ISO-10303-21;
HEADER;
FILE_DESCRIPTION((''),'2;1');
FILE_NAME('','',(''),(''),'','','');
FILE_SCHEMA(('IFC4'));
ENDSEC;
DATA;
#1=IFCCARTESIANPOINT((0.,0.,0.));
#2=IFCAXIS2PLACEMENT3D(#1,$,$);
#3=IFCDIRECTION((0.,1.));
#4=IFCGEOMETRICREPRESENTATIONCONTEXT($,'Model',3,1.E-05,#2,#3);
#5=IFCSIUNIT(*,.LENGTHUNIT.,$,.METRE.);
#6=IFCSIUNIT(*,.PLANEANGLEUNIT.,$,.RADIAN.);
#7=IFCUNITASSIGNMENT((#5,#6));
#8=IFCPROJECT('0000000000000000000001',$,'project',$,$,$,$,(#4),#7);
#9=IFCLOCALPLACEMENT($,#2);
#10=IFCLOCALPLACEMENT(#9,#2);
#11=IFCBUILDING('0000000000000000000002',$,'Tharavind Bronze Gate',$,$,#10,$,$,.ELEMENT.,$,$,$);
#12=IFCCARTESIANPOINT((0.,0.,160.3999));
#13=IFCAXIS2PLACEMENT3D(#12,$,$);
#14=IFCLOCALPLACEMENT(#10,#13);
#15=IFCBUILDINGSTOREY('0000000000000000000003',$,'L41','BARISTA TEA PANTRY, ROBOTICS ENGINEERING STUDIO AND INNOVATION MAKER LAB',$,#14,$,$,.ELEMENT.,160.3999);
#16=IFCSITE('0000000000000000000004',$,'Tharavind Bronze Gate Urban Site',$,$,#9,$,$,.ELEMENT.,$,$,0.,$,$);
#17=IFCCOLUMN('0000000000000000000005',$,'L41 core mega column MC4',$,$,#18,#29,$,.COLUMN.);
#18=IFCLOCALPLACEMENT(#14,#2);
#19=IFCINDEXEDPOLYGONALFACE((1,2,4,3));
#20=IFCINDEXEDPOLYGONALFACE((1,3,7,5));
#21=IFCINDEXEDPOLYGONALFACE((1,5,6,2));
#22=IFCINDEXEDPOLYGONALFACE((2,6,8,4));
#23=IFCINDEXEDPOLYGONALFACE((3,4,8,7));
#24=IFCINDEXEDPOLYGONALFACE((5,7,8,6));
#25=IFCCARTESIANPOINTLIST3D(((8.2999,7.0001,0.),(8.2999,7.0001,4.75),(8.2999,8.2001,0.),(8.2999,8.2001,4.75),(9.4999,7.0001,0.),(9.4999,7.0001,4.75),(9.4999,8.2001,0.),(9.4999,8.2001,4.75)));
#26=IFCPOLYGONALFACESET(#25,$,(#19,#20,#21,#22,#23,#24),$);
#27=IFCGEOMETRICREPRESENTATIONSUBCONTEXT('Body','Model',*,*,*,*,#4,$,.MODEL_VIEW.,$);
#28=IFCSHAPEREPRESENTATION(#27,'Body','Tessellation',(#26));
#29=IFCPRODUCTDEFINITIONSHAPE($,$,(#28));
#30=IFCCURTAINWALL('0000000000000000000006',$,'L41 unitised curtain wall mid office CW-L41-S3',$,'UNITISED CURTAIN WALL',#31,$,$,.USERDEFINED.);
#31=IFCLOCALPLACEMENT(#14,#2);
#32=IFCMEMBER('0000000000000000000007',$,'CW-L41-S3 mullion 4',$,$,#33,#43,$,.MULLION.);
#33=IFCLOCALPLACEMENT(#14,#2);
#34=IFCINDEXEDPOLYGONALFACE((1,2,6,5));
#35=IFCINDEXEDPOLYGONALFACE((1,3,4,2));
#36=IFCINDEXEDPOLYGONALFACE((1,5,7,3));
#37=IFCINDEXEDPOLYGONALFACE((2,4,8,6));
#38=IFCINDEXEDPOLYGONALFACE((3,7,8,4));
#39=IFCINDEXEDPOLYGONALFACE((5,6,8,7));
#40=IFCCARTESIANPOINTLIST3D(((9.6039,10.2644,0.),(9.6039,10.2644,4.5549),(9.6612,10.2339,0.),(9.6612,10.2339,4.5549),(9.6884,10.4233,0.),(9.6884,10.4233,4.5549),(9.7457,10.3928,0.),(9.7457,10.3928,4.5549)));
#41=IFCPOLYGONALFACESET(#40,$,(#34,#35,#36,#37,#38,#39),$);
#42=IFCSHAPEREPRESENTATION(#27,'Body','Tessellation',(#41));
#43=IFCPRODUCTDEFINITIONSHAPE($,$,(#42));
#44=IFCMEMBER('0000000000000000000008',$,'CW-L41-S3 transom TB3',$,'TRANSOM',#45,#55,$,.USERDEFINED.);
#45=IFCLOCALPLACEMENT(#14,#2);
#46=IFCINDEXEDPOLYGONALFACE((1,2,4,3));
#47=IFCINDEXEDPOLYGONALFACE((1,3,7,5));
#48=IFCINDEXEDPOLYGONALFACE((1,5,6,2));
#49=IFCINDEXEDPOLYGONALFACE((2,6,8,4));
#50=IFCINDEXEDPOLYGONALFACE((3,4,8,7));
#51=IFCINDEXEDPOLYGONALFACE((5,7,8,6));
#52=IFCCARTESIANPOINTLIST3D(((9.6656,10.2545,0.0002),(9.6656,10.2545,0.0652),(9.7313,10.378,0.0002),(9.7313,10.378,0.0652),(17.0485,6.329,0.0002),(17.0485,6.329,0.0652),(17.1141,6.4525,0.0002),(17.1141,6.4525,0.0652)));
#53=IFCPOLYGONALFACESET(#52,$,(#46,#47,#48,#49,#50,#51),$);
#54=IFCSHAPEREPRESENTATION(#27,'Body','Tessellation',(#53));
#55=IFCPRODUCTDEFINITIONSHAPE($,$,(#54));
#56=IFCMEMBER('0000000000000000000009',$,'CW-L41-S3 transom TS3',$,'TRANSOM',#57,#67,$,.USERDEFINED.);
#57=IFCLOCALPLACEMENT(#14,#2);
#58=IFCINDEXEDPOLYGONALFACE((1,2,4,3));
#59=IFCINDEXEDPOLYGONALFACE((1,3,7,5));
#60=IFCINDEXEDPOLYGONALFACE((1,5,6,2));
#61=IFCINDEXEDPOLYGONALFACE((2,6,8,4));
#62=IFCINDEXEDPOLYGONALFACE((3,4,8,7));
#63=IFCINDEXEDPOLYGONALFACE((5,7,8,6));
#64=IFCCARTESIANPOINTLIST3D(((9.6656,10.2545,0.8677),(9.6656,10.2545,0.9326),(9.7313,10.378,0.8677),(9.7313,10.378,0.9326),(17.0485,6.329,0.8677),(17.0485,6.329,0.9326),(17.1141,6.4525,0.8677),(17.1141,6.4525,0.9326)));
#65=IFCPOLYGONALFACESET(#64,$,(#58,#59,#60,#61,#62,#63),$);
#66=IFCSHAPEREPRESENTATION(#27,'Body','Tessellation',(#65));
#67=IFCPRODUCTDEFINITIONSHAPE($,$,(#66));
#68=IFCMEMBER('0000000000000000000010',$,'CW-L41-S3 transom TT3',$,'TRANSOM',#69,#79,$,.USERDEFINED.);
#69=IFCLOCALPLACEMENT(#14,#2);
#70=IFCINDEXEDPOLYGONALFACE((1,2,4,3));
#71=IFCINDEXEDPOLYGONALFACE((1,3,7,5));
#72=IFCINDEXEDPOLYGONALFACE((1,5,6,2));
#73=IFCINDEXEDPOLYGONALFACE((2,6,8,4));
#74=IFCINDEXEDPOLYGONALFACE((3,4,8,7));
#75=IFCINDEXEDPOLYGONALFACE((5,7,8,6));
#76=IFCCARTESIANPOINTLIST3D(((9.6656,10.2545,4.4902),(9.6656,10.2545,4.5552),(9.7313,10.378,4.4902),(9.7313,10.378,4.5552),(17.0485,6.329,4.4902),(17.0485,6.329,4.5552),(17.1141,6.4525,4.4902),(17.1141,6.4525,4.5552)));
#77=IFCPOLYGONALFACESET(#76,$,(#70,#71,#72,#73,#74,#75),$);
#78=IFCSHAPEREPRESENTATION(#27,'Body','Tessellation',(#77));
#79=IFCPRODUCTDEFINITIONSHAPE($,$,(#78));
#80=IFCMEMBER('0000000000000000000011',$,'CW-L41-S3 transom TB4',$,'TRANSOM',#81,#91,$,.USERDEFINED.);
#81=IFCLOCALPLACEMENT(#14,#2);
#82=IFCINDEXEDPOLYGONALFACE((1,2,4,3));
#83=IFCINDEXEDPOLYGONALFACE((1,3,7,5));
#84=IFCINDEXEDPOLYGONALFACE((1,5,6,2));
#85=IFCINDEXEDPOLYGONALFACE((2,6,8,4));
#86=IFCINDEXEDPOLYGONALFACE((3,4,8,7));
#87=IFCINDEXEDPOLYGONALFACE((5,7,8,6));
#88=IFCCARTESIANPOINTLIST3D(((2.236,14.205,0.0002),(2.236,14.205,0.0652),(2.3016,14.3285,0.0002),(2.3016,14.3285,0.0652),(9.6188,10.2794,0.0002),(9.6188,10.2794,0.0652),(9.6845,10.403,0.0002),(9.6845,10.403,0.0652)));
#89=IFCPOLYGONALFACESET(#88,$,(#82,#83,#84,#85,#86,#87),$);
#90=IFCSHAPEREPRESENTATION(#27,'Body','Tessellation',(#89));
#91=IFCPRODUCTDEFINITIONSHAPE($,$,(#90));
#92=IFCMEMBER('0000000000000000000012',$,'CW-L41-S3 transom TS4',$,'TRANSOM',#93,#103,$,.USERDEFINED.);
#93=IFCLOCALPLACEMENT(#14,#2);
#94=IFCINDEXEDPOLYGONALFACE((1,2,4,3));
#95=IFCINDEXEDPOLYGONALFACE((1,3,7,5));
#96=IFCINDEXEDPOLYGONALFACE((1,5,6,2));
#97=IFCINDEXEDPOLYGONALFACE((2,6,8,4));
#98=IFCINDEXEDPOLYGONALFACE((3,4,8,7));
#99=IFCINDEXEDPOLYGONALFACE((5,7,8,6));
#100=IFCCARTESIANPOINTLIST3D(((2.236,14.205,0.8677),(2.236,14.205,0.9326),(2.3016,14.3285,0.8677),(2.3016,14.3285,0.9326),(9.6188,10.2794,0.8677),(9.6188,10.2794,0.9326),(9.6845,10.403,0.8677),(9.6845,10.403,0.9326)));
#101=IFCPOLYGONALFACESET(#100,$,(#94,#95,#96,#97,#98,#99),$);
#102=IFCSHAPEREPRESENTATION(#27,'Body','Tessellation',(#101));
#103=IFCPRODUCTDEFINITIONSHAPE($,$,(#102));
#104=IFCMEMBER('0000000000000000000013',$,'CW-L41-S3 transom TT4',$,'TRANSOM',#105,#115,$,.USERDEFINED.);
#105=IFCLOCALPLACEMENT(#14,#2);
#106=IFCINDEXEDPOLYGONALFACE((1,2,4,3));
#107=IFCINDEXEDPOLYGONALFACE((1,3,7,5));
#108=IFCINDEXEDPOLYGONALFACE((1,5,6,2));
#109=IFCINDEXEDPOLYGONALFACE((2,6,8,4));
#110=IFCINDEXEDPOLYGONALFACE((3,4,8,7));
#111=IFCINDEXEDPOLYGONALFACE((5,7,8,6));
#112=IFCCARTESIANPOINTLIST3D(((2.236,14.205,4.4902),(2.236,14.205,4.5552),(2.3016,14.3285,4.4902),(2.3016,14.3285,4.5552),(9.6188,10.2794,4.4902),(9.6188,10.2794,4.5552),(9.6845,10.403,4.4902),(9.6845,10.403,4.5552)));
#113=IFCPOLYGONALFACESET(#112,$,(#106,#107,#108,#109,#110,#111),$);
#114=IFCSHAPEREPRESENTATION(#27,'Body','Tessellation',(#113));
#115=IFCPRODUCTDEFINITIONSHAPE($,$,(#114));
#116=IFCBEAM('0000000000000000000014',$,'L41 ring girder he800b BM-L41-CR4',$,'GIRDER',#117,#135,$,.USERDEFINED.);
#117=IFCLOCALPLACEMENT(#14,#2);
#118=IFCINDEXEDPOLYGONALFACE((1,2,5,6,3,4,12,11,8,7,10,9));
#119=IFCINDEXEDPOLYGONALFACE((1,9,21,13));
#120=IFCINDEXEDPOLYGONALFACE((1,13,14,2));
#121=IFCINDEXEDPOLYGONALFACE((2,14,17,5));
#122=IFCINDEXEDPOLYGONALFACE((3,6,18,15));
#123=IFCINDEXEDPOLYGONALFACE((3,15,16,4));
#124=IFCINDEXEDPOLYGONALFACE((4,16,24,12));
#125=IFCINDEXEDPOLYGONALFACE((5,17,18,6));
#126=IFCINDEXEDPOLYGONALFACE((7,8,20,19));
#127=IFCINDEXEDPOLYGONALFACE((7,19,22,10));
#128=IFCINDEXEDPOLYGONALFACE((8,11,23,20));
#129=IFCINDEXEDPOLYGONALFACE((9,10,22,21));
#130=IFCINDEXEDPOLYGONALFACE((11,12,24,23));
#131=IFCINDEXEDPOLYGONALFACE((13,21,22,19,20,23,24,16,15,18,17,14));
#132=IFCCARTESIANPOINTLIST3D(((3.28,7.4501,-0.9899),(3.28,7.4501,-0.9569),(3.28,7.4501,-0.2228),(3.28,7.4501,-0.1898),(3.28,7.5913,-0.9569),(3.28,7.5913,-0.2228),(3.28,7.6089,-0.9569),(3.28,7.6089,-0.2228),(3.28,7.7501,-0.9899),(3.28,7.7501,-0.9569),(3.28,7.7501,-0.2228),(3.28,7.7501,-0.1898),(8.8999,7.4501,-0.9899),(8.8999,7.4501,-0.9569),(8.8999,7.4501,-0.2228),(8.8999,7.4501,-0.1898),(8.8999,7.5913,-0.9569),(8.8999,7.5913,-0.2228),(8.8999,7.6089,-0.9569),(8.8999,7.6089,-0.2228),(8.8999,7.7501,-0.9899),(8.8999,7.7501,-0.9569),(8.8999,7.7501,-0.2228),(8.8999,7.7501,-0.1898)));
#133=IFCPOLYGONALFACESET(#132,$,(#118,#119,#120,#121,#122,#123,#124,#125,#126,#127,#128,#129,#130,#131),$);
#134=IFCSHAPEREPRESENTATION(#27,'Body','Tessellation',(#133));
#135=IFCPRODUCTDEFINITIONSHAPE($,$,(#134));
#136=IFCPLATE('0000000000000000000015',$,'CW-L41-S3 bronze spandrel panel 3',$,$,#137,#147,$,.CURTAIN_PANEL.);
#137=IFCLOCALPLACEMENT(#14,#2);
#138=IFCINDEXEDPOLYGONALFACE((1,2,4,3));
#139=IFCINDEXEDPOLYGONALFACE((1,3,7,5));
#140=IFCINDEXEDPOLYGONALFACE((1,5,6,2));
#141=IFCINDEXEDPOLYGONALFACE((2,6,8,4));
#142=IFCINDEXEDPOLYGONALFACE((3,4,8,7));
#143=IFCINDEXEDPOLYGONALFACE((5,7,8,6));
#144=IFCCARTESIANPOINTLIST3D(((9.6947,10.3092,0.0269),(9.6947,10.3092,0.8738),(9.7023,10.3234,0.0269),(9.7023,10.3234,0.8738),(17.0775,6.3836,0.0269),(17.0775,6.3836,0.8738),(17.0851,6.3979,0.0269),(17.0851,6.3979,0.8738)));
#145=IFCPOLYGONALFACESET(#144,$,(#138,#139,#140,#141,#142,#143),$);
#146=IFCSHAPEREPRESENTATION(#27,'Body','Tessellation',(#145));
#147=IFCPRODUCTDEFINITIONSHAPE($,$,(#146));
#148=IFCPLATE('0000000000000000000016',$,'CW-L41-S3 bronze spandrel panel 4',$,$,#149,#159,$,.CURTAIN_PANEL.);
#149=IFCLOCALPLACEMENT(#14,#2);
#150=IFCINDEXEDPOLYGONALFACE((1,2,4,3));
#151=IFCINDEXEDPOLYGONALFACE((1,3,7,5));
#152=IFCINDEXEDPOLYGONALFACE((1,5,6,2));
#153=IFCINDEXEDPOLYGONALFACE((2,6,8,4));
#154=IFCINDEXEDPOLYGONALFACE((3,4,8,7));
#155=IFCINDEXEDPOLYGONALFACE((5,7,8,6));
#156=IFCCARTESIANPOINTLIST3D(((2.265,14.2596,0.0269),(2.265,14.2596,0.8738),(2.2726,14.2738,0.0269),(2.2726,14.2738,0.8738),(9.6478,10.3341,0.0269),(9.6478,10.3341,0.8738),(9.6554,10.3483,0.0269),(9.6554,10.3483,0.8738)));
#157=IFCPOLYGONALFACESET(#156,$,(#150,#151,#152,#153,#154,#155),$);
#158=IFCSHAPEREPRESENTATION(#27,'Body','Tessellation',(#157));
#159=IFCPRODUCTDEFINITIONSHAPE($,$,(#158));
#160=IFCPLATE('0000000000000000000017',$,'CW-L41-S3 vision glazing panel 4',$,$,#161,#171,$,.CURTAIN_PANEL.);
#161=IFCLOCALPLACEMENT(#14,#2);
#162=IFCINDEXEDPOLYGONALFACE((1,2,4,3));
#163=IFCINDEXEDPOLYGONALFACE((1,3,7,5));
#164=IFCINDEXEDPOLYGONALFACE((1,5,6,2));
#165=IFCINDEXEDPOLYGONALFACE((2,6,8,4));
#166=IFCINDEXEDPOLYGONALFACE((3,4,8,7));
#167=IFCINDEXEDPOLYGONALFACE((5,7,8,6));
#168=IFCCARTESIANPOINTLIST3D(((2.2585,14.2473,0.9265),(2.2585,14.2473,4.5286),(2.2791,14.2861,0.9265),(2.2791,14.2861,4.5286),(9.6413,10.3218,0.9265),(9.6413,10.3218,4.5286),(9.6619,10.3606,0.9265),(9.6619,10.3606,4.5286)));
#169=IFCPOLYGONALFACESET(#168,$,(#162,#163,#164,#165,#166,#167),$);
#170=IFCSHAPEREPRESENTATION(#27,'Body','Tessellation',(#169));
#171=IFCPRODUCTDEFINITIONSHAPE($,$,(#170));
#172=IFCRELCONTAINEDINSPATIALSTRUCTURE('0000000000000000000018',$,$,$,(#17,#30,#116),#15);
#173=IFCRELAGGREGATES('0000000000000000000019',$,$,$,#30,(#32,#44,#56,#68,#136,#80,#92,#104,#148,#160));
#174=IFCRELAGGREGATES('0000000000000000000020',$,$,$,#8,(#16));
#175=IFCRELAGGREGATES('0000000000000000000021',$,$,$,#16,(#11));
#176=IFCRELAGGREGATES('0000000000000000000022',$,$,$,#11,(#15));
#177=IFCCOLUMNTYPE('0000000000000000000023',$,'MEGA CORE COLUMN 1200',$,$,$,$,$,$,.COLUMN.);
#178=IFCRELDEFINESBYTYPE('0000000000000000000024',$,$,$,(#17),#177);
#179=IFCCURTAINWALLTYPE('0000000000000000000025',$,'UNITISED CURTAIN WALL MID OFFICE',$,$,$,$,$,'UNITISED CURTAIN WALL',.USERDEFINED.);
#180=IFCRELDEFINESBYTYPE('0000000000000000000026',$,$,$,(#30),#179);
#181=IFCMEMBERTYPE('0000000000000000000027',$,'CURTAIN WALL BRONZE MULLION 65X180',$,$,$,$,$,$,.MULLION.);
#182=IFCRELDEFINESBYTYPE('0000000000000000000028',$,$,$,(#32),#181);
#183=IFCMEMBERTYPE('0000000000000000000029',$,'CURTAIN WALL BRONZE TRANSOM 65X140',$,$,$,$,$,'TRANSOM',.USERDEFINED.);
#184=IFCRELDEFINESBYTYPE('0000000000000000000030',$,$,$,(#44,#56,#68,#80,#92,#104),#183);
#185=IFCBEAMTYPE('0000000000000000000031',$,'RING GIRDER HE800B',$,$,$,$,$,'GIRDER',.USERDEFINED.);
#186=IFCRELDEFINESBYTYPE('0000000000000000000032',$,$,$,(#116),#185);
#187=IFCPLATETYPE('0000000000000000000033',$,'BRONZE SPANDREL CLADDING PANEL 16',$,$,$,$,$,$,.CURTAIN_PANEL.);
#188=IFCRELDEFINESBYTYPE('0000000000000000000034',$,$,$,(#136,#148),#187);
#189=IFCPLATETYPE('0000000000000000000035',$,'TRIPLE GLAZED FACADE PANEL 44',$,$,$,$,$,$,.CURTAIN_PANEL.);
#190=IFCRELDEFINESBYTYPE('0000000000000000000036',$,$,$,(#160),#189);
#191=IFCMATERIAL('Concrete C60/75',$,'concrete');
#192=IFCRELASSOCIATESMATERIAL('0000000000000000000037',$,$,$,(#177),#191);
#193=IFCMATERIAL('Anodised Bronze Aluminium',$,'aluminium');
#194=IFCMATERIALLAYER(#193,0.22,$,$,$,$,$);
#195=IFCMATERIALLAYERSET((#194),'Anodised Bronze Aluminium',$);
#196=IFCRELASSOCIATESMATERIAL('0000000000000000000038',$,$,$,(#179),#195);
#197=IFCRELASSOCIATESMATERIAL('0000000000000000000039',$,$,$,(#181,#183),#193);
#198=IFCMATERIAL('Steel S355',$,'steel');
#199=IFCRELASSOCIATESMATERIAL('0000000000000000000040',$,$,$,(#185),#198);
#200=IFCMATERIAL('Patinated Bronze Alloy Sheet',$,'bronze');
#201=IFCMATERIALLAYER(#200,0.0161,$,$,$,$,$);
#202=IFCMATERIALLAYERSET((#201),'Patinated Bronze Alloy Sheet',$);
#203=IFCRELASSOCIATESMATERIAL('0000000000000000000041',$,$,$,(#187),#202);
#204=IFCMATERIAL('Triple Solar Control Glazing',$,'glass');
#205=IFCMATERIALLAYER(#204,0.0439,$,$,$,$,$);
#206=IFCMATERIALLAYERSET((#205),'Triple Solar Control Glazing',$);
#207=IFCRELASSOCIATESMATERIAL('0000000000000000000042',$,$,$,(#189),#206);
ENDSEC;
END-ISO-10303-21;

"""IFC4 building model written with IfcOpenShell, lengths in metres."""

from ifc_helpers import new_model, si_unit, direction, frame, origin, origin_2d, place, context, subcontext, project, spatial, rectangle, i_section, extrude, material, layer, layer_set, material_profile, profile_set, type_object, element, aggregate, save


model = new_model("IFC4")

# Units and contexts
model_context = context("Model", 3, precision=1e-05, world=origin(), true_north=direction((0.0, 1.0)))
body_context = subcontext(model_context, "Body", "Model", "MODEL_VIEW")
ifc_project = project(units=[si_unit("LENGTHUNIT", "METRE"), si_unit("PLANEANGLEUNIT", "RADIAN")], contexts=[model_context])

# Site, building, storey
site_placement = place(None, origin())
site = spatial("IfcSite", under=ifc_project, at=site_placement, Name="Tharavind Bronze Gate Urban Site", CompositionType="ELEMENT", RefElevation=0.0)
building_placement = place(site_placement, origin())
building = spatial("IfcBuilding", under=site, at=building_placement, Name="Tharavind Bronze Gate", CompositionType="ELEMENT")
storey_placement = place(building_placement, frame((0.0, 0.0, 160.3999)))
storey = spatial("IfcBuildingStorey", under=building, at=storey_placement, Name="L41", Description="BARISTA TEA PANTRY, ROBOTICS ENGINEERING STUDIO AND INNOVATION MAKER LAB", CompositionType="ELEMENT", Elevation=160.3999)

# Column
ifc_material_1 = material(Name="Concrete C60/75", Category="concrete")
ifc_material_profile_1 = material_profile(ifc_material_1, rectangle(XDim=1.2, YDim=1.2, at=origin_2d()), Name="RCCOL1200")
ifc_profile_set_1 = profile_set([ifc_material_profile_1], Name="Concrete C60/75")
column_type = type_object("IfcColumnType", Name="MEGA CORE COLUMN 1200", PredefinedType="COLUMN", material=ifc_profile_set_1)
column_placement = place(storey_placement, frame((8.8999, 7.6001, 0.0), z_axis=(0.0, 0.0, 1.0), x_axis=(1.0, 0.0, 0.0)))
element("IfcColumn", 1, at=column_placement, inside=storey, type_object=column_type, Name="L41 core mega column MC4", PredefinedType="COLUMN", context=body_context, shape_type="SweptSolid", body=[
    extrude(rectangle(XDim=1.2, YDim=1.2, at=origin_2d()), origin(), (0.0, 0.0, 1.0), 4.75),
])

# Curtain wall, members
ifc_material_2 = material(Name="Anodised Bronze Aluminium", Category="aluminium")
ifc_layer_1 = layer(ifc_material_2, 0.22)
ifc_layer_set_1 = layer_set([ifc_layer_1], Name="Anodised Bronze Aluminium")
curtain_wall_type = type_object("IfcCurtainWallType", Name="UNITISED CURTAIN WALL MID OFFICE", ElementType="UNITISED CURTAIN WALL", PredefinedType="USERDEFINED", material=ifc_layer_set_1)
curtain_wall_placement = place(storey_placement, origin())
curtain_wall = element("IfcCurtainWall", 2, at=curtain_wall_placement, inside=storey, type_object=curtain_wall_type, Name="L41 unitised curtain wall mid office CW-L41-S3", ObjectType="UNITISED CURTAIN WALL", PredefinedType="USERDEFINED")
member_type_1 = type_object("IfcMemberType", Name="CURTAIN WALL BRONZE MULLION 65X180", PredefinedType="MULLION", material=ifc_material_2)
member_1_placement = place(storey_placement, frame((9.6748, 10.3286, 0.0), z_axis=(0.0, 0.0, 1.0), x_axis=(-0.882948, 0.469472, 0.0)))
member_1 = element("IfcMember", 3, at=member_1_placement, type_object=member_type_1, Name="CW-L41-S3 mullion 4", PredefinedType="MULLION", context=body_context, shape_type="SweptSolid", body=[
    extrude(rectangle(XDim=0.0649, YDim=0.1799, at=origin_2d()), origin(), (0.0, 0.0, 1.0), 4.5549),
])
member_type_2 = type_object("IfcMemberType", Name="CURTAIN WALL BRONZE TRANSOM 65X140", ElementType="TRANSOM", PredefinedType="USERDEFINED", material=ifc_material_2)
member_2_placement = place(storey_placement, frame((13.3899, 8.3535, 0.0002), z_axis=(0.0, 0.0, 1.0), x_axis=(-0.882948, 0.469472, 0.0)))
member_2 = element("IfcMember", 4, at=member_2_placement, type_object=member_type_2, Name="CW-L41-S3 transom TB3", ObjectType="TRANSOM", PredefinedType="USERDEFINED", context=body_context, shape_type="SweptSolid", body=[
    extrude(rectangle(XDim=8.3616, YDim=0.1399, at=origin_2d()), origin(), (0.0, 0.0, 1.0), 0.0649),
])
member_3_placement = place(storey_placement, frame((13.3899, 8.3535, 0.8677), z_axis=(0.0, 0.0, 1.0), x_axis=(-0.882948, 0.469472, 0.0)))
member_3 = element("IfcMember", 5, at=member_3_placement, type_object=member_type_2, Name="CW-L41-S3 transom TS3", ObjectType="TRANSOM", PredefinedType="USERDEFINED", context=body_context, shape_type="SweptSolid", body=[
    extrude(rectangle(XDim=8.3616, YDim=0.1399, at=origin_2d()), origin(), (0.0, 0.0, 1.0), 0.0649),
])
member_4_placement = place(storey_placement, frame((13.3899, 8.3535, 4.4902), z_axis=(0.0, 0.0, 1.0), x_axis=(-0.882948, 0.469472, 0.0)))
member_4 = element("IfcMember", 6, at=member_4_placement, type_object=member_type_2, Name="CW-L41-S3 transom TT3", ObjectType="TRANSOM", PredefinedType="USERDEFINED", context=body_context, shape_type="SweptSolid", body=[
    extrude(rectangle(XDim=8.3616, YDim=0.1399, at=origin_2d()), origin(), (0.0, 0.0, 1.0), 0.0649),
])
member_5_placement = place(storey_placement, frame((5.9602, 12.304, 0.0002), z_axis=(0.0, 0.0, 1.0), x_axis=(-0.882948, 0.469472, 0.0)))
member_5 = element("IfcMember", 7, at=member_5_placement, type_object=member_type_2, Name="CW-L41-S3 transom TB4", ObjectType="TRANSOM", PredefinedType="USERDEFINED", context=body_context, shape_type="SweptSolid", body=[
    extrude(rectangle(XDim=8.3616, YDim=0.1399, at=origin_2d()), origin(), (0.0, 0.0, 1.0), 0.0649),
])
member_6_placement = place(storey_placement, frame((5.9602, 12.304, 0.8677), z_axis=(0.0, 0.0, 1.0), x_axis=(-0.882948, 0.469472, 0.0)))
member_6 = element("IfcMember", 8, at=member_6_placement, type_object=member_type_2, Name="CW-L41-S3 transom TS4", ObjectType="TRANSOM", PredefinedType="USERDEFINED", context=body_context, shape_type="SweptSolid", body=[
    extrude(rectangle(XDim=8.3616, YDim=0.1399, at=origin_2d()), origin(), (0.0, 0.0, 1.0), 0.0649),
])
member_7_placement = place(storey_placement, frame((5.9602, 12.304, 4.4902), z_axis=(0.0, 0.0, 1.0), x_axis=(-0.882948, 0.469472, 0.0)))
member_7 = element("IfcMember", 9, at=member_7_placement, type_object=member_type_2, Name="CW-L41-S3 transom TT4", ObjectType="TRANSOM", PredefinedType="USERDEFINED", context=body_context, shape_type="SweptSolid", body=[
    extrude(rectangle(XDim=8.3616, YDim=0.1399, at=origin_2d()), origin(), (0.0, 0.0, 1.0), 0.0649),
])

# Beam
ifc_material_3 = material(Name="Steel S355", Category="steel")
ifc_material_profile_2 = material_profile(ifc_material_3, i_section(OverallWidth=0.3, OverallDepth=0.8, WebThickness=0.0176, FlangeThickness=0.033, at=origin_2d()), Name="HE800B")
ifc_profile_set_2 = profile_set([ifc_material_profile_2], Name="Steel S355")
beam_type = type_object("IfcBeamType", Name="RING GIRDER HE800B", ElementType="GIRDER", PredefinedType="USERDEFINED", material=ifc_profile_set_2)
beam_placement = place(storey_placement, frame((8.8999, 7.6001, -0.5898), z_axis=(-1.0, 0.0, 0.0), x_axis=(0.0, -1.0, 0.0)))
element("IfcBeam", 10, at=beam_placement, inside=storey, type_object=beam_type, Name="L41 ring girder he800b BM-L41-CR4", ObjectType="GIRDER", PredefinedType="USERDEFINED", context=body_context, shape_type="SweptSolid", body=[
    extrude(i_section(OverallWidth=0.3, OverallDepth=0.8, WebThickness=0.0176, FlangeThickness=0.033, at=origin_2d()), origin(), (0.0, 0.0, 1.0), 5.6199),
])

# Plates
ifc_material_4 = material(Name="Patinated Bronze Alloy Sheet", Category="bronze")
ifc_layer_2 = layer(ifc_material_4, 0.0161)
ifc_layer_set_2 = layer_set([ifc_layer_2], Name="Patinated Bronze Alloy Sheet")
plate_type_1 = type_object("IfcPlateType", Name="BRONZE SPANDREL CLADDING PANEL 16", PredefinedType="CURTAIN_PANEL", material=ifc_layer_set_2)
plate_1_placement = place(storey_placement, frame((13.3899, 8.3535, 0.0269), z_axis=(0.0, 0.0, 1.0), x_axis=(-0.882948, 0.469472, 0.0)))
plate_1 = element("IfcPlate", 11, at=plate_1_placement, type_object=plate_type_1, Name="CW-L41-S3 bronze spandrel panel 3", PredefinedType="CURTAIN_PANEL", context=body_context, shape_type="SweptSolid", body=[
    extrude(rectangle(XDim=8.3616, YDim=0.0161, at=origin_2d()), origin(), (0.0, 0.0, 1.0), 0.8469),
])
plate_2_placement = place(storey_placement, frame((5.9602, 12.304, 0.0269), z_axis=(0.0, 0.0, 1.0), x_axis=(-0.882948, 0.469472, 0.0)))
plate_2 = element("IfcPlate", 12, at=plate_2_placement, type_object=plate_type_1, Name="CW-L41-S3 bronze spandrel panel 4", PredefinedType="CURTAIN_PANEL", context=body_context, shape_type="SweptSolid", body=[
    extrude(rectangle(XDim=8.3616, YDim=0.0161, at=origin_2d()), origin(), (0.0, 0.0, 1.0), 0.8469),
])
ifc_material_5 = material(Name="Triple Solar Control Glazing", Category="glass")
ifc_layer_3 = layer(ifc_material_5, 0.0439)
ifc_layer_set_3 = layer_set([ifc_layer_3], Name="Triple Solar Control Glazing")
plate_type_2 = type_object("IfcPlateType", Name="TRIPLE GLAZED FACADE PANEL 44", PredefinedType="CURTAIN_PANEL", material=ifc_layer_set_3)
plate_3_placement = place(storey_placement, frame((5.9602, 12.304, 0.9265), z_axis=(0.0, 0.0, 1.0), x_axis=(-0.882948, 0.469472, 0.0)))
plate_3 = element("IfcPlate", 13, at=plate_3_placement, type_object=plate_type_2, Name="CW-L41-S3 vision glazing panel 4", PredefinedType="CURTAIN_PANEL", context=body_context, shape_type="SweptSolid", body=[
    extrude(rectangle(XDim=8.3616, YDim=0.0439, at=origin_2d()), origin(), (0.0, 0.0, 1.0), 3.6021),
])
aggregate(curtain_wall, [member_1, member_2, member_3, member_4, plate_1, member_5, member_6, member_7, plate_2, plate_3])

save(model, "model.ifc")
